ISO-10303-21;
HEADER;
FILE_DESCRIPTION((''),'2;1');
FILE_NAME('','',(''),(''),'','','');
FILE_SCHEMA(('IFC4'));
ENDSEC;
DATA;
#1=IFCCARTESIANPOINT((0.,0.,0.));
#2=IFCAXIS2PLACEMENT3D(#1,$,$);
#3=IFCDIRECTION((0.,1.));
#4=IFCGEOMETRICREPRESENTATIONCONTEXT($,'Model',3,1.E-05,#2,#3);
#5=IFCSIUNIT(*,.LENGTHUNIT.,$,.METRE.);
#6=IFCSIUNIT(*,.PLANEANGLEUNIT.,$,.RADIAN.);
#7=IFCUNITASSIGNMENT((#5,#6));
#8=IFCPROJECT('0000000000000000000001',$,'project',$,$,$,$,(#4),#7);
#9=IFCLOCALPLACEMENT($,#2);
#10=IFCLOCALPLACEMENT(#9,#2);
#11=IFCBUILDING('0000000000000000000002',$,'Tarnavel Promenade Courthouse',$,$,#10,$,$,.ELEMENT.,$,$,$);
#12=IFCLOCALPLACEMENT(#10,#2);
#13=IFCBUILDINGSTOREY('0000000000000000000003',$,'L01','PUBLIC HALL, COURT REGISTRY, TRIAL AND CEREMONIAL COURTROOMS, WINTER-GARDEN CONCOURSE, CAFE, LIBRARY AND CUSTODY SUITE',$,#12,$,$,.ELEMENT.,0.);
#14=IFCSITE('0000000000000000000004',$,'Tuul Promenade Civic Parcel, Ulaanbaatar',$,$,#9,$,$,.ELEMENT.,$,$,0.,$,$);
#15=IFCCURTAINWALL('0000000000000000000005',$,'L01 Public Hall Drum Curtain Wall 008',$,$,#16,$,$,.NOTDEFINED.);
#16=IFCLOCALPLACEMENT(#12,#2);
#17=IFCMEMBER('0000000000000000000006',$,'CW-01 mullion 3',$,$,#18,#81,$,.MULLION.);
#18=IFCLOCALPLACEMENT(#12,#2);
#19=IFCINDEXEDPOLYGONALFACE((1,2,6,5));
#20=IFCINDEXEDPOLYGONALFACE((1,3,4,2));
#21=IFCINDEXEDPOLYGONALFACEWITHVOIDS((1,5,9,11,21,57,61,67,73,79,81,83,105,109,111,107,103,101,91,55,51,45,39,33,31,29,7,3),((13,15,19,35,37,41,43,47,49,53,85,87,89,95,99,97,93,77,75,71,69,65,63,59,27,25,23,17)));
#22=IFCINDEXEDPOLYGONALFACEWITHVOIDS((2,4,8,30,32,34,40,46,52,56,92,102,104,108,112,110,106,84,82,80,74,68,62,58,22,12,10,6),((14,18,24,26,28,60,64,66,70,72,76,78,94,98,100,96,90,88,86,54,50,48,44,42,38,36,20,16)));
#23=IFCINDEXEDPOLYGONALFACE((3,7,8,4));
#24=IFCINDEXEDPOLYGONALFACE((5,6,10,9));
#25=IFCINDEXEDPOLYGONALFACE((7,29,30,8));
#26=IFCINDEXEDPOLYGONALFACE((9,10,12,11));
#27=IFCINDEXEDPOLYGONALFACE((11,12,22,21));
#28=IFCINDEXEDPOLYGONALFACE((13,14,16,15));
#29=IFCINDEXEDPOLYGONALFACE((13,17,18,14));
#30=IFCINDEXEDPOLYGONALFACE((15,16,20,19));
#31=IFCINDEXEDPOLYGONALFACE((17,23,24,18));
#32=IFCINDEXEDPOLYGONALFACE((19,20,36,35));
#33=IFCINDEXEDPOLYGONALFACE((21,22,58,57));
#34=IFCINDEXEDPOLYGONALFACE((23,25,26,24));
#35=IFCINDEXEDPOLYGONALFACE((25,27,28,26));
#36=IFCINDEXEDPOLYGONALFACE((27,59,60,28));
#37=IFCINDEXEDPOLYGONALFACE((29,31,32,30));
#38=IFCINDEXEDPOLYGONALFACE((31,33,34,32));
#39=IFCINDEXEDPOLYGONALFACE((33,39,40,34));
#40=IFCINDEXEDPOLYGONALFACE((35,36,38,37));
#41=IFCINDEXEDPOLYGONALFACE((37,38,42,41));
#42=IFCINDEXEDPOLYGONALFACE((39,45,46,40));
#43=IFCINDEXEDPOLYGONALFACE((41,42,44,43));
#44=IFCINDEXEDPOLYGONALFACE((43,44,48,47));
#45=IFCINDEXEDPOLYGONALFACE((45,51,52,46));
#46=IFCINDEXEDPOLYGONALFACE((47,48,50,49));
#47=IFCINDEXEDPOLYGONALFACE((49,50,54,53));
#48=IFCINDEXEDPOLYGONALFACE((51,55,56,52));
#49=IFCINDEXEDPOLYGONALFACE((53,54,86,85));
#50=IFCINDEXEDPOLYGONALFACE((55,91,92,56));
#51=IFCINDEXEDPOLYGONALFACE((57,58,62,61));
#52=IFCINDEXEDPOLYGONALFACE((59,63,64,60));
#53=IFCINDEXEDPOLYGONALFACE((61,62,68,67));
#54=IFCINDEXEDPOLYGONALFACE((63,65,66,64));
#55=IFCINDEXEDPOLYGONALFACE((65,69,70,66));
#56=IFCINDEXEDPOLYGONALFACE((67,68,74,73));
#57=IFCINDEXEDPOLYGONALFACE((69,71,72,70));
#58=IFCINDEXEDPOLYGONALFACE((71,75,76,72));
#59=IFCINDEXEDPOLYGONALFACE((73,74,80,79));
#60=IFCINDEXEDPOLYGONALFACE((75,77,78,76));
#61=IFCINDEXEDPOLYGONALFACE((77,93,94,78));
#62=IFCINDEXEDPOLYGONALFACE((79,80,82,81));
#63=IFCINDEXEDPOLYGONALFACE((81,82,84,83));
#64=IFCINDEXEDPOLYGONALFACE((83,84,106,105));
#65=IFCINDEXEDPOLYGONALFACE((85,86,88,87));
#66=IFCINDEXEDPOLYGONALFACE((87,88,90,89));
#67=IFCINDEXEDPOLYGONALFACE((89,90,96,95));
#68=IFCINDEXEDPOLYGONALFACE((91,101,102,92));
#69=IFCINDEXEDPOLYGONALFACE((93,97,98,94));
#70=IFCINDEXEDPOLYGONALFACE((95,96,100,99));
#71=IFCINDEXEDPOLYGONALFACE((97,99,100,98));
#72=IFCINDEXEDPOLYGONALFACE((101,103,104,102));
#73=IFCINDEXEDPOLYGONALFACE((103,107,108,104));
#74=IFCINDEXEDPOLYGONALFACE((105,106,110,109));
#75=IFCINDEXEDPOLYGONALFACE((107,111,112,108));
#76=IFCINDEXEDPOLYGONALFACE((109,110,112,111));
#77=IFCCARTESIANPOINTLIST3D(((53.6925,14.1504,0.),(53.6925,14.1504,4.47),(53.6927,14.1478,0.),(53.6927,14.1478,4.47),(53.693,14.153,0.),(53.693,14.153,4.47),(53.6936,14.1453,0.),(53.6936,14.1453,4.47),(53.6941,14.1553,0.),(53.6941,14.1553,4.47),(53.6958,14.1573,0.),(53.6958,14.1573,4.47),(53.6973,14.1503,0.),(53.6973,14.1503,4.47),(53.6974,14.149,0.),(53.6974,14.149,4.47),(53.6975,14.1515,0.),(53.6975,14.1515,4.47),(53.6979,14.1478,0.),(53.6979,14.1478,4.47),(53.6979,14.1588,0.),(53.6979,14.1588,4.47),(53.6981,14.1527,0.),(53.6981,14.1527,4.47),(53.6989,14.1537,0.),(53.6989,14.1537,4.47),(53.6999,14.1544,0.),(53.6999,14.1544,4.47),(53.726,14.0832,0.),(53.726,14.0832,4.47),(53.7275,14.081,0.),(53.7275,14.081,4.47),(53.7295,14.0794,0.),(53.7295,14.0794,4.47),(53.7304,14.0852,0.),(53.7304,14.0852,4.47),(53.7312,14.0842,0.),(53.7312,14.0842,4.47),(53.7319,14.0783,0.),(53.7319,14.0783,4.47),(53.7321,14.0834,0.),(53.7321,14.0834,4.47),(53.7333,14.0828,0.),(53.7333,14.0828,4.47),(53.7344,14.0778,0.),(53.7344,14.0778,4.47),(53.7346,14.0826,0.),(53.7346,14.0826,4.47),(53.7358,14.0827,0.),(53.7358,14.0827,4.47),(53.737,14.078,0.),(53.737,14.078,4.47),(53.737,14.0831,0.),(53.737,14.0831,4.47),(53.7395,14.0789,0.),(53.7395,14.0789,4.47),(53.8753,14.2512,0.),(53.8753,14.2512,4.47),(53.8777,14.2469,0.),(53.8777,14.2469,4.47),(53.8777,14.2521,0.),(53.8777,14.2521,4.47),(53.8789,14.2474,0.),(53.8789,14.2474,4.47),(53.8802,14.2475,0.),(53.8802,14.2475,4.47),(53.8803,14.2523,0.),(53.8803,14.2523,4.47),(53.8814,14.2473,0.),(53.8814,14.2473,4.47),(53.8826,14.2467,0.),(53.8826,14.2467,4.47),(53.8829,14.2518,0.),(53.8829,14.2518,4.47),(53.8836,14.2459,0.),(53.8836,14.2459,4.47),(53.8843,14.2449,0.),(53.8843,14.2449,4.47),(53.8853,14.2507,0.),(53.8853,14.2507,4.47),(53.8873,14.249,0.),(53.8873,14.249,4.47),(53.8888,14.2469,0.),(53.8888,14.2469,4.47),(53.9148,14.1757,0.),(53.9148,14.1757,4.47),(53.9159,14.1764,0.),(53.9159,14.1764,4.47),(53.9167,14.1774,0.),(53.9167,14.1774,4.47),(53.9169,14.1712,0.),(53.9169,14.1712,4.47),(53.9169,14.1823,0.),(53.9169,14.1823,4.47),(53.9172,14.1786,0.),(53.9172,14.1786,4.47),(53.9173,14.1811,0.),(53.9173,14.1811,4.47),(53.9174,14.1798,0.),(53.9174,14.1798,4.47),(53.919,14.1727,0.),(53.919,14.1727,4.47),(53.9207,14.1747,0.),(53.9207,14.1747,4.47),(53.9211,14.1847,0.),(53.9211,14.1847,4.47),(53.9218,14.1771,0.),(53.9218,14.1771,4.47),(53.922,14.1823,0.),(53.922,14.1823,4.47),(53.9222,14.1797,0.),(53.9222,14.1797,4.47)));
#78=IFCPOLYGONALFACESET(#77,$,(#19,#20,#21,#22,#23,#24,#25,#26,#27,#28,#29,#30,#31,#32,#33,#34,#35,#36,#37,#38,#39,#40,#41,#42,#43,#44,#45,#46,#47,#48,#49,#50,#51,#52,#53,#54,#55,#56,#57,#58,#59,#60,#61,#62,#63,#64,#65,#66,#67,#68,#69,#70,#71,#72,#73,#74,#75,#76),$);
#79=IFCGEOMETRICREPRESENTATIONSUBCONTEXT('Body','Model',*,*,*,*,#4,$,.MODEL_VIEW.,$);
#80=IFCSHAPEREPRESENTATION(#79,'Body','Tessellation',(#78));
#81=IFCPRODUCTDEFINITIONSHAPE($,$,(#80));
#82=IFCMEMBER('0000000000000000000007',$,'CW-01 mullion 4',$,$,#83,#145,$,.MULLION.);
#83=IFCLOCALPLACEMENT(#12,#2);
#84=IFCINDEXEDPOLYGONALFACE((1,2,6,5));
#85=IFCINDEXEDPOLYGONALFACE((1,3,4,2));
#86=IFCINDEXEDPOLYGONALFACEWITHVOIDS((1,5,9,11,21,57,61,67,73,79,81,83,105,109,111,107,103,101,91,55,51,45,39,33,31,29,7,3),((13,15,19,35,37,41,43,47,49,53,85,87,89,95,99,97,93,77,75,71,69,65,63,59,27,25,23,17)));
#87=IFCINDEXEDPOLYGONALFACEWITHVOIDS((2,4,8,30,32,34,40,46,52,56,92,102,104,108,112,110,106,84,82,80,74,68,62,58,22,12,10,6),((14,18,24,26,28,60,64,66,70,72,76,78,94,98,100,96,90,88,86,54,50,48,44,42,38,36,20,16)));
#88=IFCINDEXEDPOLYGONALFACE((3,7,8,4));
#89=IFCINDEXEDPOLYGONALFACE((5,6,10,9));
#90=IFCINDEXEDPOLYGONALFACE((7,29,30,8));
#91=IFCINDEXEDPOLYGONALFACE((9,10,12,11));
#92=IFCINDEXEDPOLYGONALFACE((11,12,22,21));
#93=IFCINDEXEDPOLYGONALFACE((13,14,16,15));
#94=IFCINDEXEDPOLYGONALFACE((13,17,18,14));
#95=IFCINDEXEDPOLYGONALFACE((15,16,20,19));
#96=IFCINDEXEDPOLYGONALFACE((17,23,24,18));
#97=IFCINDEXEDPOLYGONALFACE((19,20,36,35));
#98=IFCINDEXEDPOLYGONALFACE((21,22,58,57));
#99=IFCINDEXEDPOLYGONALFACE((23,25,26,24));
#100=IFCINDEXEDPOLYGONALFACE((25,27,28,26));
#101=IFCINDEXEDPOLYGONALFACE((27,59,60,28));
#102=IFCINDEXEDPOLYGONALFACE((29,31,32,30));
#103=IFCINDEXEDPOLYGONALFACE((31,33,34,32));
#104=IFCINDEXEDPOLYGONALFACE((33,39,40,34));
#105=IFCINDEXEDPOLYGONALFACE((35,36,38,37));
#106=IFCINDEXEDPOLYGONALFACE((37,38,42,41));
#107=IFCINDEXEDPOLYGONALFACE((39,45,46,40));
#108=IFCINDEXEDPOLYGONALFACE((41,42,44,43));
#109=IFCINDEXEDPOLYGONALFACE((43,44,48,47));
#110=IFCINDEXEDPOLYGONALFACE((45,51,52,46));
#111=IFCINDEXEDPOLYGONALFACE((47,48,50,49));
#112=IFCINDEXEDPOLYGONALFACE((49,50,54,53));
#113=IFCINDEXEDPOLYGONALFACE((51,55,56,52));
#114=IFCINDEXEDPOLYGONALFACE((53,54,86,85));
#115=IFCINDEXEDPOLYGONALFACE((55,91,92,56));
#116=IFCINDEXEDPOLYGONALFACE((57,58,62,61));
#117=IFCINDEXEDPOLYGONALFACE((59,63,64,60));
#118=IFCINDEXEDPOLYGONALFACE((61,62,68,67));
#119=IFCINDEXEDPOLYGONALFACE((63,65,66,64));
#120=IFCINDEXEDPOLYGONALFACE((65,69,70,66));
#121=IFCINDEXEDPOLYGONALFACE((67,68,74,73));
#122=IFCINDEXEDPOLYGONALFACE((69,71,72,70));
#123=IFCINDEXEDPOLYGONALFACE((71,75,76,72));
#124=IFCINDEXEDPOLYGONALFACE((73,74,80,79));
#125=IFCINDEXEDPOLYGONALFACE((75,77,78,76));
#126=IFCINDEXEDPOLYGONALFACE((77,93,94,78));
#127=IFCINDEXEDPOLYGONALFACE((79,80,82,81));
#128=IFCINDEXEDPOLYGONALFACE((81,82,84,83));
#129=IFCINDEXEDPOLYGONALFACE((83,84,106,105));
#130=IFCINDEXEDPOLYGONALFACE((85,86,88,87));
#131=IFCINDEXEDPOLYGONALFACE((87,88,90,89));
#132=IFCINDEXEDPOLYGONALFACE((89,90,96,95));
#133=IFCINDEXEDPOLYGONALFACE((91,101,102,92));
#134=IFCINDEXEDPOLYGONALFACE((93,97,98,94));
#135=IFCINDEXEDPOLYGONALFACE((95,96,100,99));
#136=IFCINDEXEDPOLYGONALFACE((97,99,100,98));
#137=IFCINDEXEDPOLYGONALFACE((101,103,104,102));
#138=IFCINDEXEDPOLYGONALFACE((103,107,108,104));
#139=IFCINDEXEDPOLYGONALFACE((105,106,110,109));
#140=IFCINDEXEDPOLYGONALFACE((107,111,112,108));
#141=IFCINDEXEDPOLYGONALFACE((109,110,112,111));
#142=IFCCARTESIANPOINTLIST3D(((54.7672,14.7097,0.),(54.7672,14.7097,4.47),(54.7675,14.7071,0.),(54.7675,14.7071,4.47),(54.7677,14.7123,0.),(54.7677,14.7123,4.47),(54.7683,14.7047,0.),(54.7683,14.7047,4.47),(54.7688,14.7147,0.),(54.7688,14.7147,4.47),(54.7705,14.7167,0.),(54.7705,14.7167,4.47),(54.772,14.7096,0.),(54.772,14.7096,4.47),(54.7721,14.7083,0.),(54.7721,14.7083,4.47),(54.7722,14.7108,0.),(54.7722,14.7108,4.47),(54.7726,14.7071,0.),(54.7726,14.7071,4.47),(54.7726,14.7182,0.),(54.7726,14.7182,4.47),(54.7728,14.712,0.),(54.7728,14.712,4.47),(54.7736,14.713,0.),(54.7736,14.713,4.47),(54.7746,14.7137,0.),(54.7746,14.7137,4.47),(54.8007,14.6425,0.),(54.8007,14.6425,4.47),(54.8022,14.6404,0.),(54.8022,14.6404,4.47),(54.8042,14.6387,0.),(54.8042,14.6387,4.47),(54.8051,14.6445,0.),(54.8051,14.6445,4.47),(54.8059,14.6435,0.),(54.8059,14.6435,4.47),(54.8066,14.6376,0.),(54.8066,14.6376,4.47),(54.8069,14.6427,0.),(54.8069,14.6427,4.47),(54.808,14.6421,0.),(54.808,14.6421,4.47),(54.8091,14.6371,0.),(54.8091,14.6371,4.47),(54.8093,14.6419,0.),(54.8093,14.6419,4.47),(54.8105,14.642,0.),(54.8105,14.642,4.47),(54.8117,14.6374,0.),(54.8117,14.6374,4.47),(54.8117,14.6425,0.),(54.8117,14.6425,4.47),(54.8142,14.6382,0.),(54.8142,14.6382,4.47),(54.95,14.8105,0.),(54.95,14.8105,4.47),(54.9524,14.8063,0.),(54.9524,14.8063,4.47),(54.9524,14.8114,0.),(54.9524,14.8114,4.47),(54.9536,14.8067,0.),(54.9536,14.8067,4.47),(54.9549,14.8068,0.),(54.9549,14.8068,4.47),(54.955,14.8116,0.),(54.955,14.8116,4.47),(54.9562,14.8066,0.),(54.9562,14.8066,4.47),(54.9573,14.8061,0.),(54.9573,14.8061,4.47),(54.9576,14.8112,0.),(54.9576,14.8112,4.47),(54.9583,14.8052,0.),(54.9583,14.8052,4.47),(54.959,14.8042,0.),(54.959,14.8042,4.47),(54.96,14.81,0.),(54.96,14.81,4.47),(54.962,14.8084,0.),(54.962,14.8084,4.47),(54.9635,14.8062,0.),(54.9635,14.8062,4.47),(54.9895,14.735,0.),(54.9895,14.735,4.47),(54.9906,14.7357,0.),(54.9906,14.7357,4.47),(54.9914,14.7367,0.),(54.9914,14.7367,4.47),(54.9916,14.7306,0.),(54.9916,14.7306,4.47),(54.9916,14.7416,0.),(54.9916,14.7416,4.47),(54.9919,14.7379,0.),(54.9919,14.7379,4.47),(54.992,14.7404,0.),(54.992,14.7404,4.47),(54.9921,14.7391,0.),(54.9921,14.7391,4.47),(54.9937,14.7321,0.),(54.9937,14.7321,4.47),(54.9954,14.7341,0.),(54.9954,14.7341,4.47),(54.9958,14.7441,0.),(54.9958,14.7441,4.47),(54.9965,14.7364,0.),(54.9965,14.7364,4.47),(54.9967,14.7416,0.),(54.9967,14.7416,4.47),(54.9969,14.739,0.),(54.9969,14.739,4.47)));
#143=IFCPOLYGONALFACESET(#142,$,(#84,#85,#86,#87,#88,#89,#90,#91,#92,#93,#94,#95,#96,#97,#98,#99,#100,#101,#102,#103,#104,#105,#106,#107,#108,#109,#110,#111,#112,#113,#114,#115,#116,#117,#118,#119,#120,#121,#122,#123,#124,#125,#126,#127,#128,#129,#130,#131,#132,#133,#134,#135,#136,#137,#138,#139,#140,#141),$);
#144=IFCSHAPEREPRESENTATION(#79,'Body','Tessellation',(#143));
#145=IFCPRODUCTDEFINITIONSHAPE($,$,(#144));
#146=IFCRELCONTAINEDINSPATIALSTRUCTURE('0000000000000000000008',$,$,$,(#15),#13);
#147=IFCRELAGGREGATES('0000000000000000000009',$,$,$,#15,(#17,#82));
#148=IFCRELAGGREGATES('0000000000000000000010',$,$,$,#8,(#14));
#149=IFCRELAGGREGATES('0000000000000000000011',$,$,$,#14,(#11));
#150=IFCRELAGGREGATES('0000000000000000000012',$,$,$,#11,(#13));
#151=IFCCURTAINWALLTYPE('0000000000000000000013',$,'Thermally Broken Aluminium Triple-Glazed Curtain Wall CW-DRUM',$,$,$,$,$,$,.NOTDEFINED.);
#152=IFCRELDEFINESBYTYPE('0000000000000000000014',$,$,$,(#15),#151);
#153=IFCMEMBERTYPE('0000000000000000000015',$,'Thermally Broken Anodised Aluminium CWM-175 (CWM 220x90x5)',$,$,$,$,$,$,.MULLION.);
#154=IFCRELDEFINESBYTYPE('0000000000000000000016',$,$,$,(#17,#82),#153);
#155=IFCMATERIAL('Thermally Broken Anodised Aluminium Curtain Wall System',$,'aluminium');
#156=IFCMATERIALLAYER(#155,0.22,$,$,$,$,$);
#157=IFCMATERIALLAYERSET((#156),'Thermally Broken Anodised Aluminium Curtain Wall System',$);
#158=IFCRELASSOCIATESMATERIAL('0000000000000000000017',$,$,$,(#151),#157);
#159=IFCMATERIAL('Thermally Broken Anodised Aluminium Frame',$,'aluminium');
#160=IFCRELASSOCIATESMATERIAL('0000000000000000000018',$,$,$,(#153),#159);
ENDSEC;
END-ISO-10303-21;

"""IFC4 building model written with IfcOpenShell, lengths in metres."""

from ifc_helpers import new_model, si_unit, direction, frame, origin, origin_2d, place, context, subcontext, project, spatial, hollow_rectangle, extrude, material, layer, layer_set, material_profile, profile_set, type_object, element, aggregate, save


model = new_model("IFC4")

# Units and contexts
model_context = context("Model", 3, precision=1e-05, world=origin(), true_north=direction((0.0, 1.0)))
body_context = subcontext(model_context, "Body", "Model", "MODEL_VIEW")
ifc_project = project(units=[si_unit("LENGTHUNIT", "METRE"), si_unit("PLANEANGLEUNIT", "RADIAN")], contexts=[model_context])

# Site, building, storey
site_placement = place(None, origin())
site = spatial("IfcSite", under=ifc_project, at=site_placement, Name="Tuul Promenade Civic Parcel, Ulaanbaatar", CompositionType="ELEMENT", RefElevation=0.0)
building_placement = place(site_placement, origin())
building = spatial("IfcBuilding", under=site, at=building_placement, Name="Tarnavel Promenade Courthouse", CompositionType="ELEMENT")
storey_placement = place(building_placement, origin())
storey = spatial("IfcBuildingStorey", under=building, at=storey_placement, Name="L01", Description="PUBLIC HALL, COURT REGISTRY, TRIAL AND CEREMONIAL COURTROOMS, WINTER-GARDEN CONCOURSE, CAFE, LIBRARY AND CUSTODY SUITE", CompositionType="ELEMENT", Elevation=0.0)

# Curtain wall, members
ifc_material_1 = material(Name="Thermally Broken Anodised Aluminium Curtain Wall System", Category="aluminium")
ifc_layer_1 = layer(ifc_material_1, 0.22)
ifc_layer_set_1 = layer_set([ifc_layer_1], Name="Thermally Broken Anodised Aluminium Curtain Wall System")
curtain_wall_type = type_object("IfcCurtainWallType", Name="Thermally Broken Aluminium Triple-Glazed Curtain Wall CW-DRUM", PredefinedType="NOTDEFINED", material=ifc_layer_set_1)
curtain_wall_1_placement = place(storey_placement, origin())
curtain_wall_1 = element("IfcCurtainWall", 1, at=curtain_wall_1_placement, inside=storey, type_object=curtain_wall_type, Name="L01 Public Hall Drum Curtain Wall 008", PredefinedType="NOTDEFINED")
ifc_material_2 = material(Name="Thermally Broken Anodised Aluminium Frame", Category="aluminium")
ifc_material_profile_1 = material_profile(ifc_material_2, hollow_rectangle(XDim=0.0901, YDim=0.22, WallThickness=0.0049, InnerFilletRadius=0.0049, OuterFilletRadius=0.01, at=origin_2d()), Name="CWM 220x90x5")
ifc_profile_set_1 = profile_set([ifc_material_profile_1], Name="Thermally Broken Anodised Aluminium Frame")
member_type_1 = type_object("IfcMemberType", Name="Thermally Broken Anodised Aluminium CWM-175 (CWM 220x90x5)", PredefinedType="MULLION", material=ifc_profile_set_1)
member_1_placement = place(storey_placement, frame((53.8074, 14.165, 0.0), z_axis=(0.0, 0.0, 1.0), x_axis=(-0.461747, 0.887012, 0.0)))
member_1 = element("IfcMember", 2, at=member_1_placement, type_object=member_type_1, Name="CW-01 mullion 3", PredefinedType="MULLION", context=body_context, shape_type="SweptSolid", body=[
    extrude(hollow_rectangle(XDim=0.0901, YDim=0.22, WallThickness=0.0049, InnerFilletRadius=0.0049, OuterFilletRadius=0.01, at=origin_2d()), origin(), (0.0, 0.0, 1.0), 4.47),
])
member_2_placement = place(storey_placement, frame((54.8821, 14.7244, 0.0), z_axis=(0.0, 0.0, 1.0), x_axis=(-0.461747, 0.887012, 0.0)))
member_2 = element("IfcMember", 3, at=member_2_placement, type_object=member_type_1, Name="CW-01 mullion 4", PredefinedType="MULLION", context=body_context, shape_type="SweptSolid", body=[
    extrude(hollow_rectangle(XDim=0.0901, YDim=0.22, WallThickness=0.0049, InnerFilletRadius=0.0049, OuterFilletRadius=0.01, at=origin_2d()), origin(), (0.0, 0.0, 1.0), 4.47),
])

aggregate(curtain_wall_1, [member_1, member_2])

save(model, "model.ifc")
